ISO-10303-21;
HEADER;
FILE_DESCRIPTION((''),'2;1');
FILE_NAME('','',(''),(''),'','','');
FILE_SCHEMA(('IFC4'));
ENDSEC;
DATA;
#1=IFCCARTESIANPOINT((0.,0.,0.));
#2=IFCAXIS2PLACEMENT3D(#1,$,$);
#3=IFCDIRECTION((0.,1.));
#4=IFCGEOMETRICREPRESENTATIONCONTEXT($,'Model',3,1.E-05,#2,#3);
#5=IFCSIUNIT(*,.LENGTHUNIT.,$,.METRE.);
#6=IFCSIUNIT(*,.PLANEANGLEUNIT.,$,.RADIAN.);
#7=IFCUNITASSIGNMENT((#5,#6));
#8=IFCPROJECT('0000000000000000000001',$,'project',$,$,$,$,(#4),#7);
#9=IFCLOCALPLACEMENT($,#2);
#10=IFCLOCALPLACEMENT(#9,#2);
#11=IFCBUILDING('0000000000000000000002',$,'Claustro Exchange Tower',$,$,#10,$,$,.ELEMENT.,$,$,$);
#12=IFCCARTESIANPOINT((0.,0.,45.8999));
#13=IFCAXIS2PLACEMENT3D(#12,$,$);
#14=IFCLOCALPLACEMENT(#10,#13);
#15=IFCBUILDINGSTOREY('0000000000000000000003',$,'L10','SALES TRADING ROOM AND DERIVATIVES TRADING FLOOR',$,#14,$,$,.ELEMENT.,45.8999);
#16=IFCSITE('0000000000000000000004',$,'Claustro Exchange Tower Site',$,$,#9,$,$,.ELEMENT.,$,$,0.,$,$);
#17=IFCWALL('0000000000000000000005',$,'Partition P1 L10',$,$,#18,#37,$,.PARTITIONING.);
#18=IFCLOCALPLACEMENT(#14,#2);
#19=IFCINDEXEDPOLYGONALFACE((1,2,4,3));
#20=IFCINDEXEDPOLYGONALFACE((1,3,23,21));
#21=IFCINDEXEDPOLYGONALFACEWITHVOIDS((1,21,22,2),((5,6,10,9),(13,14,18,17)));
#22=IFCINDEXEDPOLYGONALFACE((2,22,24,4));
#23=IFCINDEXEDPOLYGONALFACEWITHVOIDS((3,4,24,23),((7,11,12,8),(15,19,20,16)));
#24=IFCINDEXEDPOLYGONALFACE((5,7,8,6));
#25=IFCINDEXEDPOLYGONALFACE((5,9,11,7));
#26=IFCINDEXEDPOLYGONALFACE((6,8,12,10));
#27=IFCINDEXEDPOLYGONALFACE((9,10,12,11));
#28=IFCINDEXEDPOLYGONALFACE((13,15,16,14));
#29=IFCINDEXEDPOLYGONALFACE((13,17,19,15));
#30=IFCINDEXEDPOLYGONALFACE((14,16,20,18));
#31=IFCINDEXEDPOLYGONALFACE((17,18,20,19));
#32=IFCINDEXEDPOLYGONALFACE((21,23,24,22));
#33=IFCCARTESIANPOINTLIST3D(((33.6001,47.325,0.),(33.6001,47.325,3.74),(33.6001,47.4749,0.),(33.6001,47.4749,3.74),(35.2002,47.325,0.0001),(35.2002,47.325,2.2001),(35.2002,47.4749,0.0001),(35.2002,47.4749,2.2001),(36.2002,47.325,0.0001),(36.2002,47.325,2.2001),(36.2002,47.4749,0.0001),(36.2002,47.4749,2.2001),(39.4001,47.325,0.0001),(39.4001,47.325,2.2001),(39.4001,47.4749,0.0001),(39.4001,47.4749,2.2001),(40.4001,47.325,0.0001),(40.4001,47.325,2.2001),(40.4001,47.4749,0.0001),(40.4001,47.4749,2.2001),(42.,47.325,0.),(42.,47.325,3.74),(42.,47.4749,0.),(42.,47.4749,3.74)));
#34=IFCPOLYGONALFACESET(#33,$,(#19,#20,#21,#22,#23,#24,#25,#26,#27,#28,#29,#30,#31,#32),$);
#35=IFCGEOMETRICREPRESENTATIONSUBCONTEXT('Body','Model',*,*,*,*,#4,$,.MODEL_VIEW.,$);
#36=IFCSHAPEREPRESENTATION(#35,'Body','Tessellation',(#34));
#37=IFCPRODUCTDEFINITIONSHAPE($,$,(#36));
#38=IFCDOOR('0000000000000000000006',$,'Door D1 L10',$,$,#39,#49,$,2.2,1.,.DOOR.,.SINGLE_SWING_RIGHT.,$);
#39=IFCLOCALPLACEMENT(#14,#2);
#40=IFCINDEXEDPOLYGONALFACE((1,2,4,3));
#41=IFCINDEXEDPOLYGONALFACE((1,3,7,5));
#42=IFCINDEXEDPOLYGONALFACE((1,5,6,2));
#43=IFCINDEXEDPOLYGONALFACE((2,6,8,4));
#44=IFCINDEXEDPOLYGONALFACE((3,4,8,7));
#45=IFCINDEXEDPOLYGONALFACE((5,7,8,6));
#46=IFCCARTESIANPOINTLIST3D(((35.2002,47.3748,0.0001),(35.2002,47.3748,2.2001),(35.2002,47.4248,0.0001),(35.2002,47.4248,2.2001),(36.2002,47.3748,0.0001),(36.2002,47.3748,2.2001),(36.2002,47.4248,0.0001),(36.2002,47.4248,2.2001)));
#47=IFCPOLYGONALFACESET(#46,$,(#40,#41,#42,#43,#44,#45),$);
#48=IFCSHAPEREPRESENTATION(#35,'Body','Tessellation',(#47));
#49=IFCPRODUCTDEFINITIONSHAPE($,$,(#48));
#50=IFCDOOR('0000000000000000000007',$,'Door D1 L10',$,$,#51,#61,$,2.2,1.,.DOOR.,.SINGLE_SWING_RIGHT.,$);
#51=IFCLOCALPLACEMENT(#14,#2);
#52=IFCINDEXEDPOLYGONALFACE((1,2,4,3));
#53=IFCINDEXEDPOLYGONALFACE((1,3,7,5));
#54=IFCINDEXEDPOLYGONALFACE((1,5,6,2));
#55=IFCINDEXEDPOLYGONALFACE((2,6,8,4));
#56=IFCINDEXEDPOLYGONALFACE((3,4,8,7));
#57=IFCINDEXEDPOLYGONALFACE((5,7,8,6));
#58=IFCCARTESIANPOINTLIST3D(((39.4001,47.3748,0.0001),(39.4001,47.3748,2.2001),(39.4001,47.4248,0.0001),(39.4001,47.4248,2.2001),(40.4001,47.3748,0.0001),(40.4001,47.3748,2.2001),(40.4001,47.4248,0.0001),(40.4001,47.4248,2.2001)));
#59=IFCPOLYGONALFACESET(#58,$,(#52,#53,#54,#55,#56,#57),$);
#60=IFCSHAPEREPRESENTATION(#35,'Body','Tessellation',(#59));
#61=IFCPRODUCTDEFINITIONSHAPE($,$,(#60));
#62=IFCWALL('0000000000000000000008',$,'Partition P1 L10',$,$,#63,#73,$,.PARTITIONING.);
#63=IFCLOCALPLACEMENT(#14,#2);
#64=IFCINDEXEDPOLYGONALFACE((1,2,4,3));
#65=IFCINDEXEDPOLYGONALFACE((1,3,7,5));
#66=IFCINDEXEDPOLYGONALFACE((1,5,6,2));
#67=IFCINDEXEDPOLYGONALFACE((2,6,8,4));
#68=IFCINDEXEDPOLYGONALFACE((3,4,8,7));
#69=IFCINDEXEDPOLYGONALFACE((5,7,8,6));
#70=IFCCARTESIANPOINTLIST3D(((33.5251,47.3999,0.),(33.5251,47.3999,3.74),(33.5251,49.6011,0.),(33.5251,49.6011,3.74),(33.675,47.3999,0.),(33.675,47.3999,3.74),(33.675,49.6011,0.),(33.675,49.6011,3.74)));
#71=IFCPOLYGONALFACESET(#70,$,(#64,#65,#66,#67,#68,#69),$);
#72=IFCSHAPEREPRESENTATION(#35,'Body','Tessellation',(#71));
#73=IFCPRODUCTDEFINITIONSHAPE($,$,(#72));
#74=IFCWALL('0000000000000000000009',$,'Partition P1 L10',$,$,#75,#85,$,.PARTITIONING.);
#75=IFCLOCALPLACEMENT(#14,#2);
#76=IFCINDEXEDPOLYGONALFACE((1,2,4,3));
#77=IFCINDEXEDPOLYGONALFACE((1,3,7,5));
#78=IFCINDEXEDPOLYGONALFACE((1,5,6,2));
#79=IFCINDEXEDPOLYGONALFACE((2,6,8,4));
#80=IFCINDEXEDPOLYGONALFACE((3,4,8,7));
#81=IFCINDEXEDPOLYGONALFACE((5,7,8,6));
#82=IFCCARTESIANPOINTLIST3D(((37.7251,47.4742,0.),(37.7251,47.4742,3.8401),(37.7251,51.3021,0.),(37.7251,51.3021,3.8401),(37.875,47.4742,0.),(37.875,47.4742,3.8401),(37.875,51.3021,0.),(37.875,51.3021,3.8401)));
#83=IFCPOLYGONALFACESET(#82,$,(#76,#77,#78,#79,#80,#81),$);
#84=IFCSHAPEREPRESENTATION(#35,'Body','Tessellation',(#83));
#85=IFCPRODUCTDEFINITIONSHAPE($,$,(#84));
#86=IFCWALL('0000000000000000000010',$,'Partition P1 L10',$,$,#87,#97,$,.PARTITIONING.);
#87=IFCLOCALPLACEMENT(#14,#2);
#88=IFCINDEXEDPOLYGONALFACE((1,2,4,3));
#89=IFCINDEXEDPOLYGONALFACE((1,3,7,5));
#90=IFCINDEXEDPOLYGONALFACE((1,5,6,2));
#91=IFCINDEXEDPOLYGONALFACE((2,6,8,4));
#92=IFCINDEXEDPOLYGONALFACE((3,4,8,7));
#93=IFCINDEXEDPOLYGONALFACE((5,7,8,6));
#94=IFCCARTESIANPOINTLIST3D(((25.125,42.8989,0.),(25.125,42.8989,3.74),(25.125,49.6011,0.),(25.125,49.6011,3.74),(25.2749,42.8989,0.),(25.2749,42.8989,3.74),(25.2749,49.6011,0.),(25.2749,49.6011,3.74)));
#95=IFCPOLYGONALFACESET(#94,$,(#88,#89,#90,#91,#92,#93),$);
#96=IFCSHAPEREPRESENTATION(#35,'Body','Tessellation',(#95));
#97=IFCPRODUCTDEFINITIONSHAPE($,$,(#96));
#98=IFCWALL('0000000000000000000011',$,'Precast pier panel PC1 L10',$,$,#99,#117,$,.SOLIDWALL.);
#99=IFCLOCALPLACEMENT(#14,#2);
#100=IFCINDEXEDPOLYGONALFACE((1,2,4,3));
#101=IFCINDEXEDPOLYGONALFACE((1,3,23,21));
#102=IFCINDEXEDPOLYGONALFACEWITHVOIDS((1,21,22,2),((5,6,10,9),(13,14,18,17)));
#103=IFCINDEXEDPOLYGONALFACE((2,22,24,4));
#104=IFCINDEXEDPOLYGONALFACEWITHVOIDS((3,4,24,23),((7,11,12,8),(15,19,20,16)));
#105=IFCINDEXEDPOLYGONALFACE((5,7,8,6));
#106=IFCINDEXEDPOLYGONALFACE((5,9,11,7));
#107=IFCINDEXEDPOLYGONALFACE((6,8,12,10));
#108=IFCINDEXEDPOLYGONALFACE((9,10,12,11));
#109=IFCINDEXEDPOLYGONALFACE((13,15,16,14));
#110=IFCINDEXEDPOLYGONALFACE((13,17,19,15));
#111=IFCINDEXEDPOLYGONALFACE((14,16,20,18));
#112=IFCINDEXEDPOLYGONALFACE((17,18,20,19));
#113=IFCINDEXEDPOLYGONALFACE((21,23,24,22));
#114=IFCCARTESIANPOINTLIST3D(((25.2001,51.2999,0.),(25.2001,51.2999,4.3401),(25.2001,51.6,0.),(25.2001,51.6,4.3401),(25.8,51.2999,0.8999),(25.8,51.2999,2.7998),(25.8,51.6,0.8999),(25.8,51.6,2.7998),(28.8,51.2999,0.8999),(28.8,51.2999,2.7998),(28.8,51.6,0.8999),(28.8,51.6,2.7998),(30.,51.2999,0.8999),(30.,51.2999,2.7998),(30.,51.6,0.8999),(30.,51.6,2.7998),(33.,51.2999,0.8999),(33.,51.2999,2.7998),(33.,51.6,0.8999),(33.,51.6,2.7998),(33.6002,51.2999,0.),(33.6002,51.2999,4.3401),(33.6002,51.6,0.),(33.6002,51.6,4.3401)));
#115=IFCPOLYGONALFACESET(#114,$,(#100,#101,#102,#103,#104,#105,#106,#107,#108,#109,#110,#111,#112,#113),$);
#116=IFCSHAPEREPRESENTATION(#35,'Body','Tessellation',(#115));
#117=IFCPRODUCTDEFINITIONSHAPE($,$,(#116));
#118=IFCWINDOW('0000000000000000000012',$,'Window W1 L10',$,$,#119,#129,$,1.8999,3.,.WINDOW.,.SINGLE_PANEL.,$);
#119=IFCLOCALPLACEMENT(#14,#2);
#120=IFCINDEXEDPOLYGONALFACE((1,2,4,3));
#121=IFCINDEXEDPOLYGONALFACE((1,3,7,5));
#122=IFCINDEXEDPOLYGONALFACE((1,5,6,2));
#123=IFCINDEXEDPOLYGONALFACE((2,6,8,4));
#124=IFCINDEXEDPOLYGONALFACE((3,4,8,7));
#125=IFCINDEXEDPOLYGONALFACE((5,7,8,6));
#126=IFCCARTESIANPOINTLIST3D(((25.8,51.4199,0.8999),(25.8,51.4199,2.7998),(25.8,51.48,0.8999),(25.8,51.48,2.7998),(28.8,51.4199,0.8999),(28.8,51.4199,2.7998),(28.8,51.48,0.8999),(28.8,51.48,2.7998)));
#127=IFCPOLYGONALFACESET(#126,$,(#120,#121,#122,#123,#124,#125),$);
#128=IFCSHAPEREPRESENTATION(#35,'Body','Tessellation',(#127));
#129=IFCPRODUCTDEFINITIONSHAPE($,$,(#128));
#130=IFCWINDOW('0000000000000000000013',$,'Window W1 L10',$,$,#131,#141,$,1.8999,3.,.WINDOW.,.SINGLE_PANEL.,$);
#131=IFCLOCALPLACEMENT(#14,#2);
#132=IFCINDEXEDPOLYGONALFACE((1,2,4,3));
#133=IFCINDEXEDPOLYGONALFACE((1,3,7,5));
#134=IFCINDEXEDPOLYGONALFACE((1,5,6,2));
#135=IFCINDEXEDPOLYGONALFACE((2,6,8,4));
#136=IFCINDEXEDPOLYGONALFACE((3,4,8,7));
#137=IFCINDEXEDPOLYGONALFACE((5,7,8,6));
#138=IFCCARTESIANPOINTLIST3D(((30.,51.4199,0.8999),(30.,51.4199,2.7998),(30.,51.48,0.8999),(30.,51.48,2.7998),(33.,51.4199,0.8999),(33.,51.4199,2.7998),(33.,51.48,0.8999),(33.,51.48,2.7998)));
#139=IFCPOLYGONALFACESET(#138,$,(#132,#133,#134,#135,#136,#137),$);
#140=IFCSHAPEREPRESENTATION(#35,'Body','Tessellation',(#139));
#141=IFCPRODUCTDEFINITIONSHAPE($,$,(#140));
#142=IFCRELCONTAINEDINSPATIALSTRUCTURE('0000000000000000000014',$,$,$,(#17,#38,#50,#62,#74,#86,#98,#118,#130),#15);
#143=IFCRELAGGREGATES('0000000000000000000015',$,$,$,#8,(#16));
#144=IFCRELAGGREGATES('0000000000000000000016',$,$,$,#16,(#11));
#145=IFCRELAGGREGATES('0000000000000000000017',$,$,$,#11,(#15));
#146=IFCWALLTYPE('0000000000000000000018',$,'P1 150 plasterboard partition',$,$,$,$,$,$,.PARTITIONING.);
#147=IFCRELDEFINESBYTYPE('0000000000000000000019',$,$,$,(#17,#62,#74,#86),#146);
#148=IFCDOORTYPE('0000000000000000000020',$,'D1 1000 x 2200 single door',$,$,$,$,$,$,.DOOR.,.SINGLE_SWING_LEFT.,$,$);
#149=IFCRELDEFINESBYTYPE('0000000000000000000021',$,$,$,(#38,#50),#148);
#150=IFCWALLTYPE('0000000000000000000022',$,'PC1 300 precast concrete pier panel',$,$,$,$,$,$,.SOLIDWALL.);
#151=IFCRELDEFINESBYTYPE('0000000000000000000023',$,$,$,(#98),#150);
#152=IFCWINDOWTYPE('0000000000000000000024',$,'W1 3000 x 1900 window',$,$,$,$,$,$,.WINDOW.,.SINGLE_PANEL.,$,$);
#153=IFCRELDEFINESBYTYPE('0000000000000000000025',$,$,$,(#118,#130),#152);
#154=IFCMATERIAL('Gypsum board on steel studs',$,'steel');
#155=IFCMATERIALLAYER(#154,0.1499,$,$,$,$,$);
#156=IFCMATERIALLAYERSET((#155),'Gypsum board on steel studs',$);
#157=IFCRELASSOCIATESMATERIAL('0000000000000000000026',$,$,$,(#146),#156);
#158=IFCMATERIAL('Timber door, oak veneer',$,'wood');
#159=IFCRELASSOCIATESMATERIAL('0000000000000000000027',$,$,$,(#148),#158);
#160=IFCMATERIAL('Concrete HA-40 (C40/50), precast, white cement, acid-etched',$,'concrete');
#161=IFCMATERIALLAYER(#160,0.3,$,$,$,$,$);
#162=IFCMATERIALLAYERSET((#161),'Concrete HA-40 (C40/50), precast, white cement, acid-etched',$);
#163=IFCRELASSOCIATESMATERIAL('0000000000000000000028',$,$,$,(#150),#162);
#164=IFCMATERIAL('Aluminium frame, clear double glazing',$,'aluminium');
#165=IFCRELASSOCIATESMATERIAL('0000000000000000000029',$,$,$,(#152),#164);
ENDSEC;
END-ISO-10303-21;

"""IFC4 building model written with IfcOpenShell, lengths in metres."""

from ifc_helpers import new_model, si_unit, direction, frame, frame_2d, origin, place, context, subcontext, project, spatial, rectangle, extrude, material, layer, layer_set, type_object, element, fill, save


model = new_model("IFC4")

# Units and contexts
model_context = context("Model", 3, precision=1e-05, world=origin(), true_north=direction((0.0, 1.0)))
body_context = subcontext(model_context, "Body", "Model", "MODEL_VIEW")
ifc_project = project(units=[si_unit("LENGTHUNIT", "METRE"), si_unit("PLANEANGLEUNIT", "RADIAN")], contexts=[model_context])

# Site, building, storey
site_placement = place(None, origin())
site = spatial("IfcSite", under=ifc_project, at=site_placement, Name="Claustro Exchange Tower Site", CompositionType="ELEMENT", RefElevation=0.0)
building_placement = place(site_placement, origin())
building = spatial("IfcBuilding", under=site, at=building_placement, Name="Claustro Exchange Tower", CompositionType="ELEMENT")
storey_placement = place(building_placement, frame((0.0, 0.0, 45.8999)))
storey = spatial("IfcBuildingStorey", under=building, at=storey_placement, Name="L10", Description="SALES TRADING ROOM AND DERIVATIVES TRADING FLOOR", CompositionType="ELEMENT", Elevation=45.8999)

# Wall, openings, doors
ifc_material_1 = material(Name="Gypsum board on steel studs", Category="steel")
ifc_layer_1 = layer(ifc_material_1, 0.1499)
ifc_layer_set_1 = layer_set([ifc_layer_1], Name="Gypsum board on steel studs")
wall_type_1 = type_object("IfcWallType", Name="P1 150 plasterboard partition", PredefinedType="PARTITIONING", material=ifc_layer_set_1)
wall_1_placement = place(storey_placement, frame((33.6001, 47.3999, 0.0), z_axis=(0.0, 0.0, 1.0), x_axis=(1.0, 0.0, 0.0)))
wall_1 = element("IfcWall", 1, at=wall_1_placement, inside=storey, type_object=wall_type_1, Name="Partition P1 L10", PredefinedType="PARTITIONING", context=body_context, shape_type="SweptSolid", body=[
    extrude(rectangle(XDim=8.3999, YDim=0.1499, at=frame_2d((4.2, 0.0))), origin(), (0.0, 0.0, 1.0), 3.74),
])
opening_1_placement = place(wall_1_placement, frame((1.6001, 0.0, 0.0)))
opening_1 = element("IfcOpeningElement", 2, at=opening_1_placement, cuts=wall_1, PredefinedType="OPENING", context=body_context, shape_type="SweptSolid", body=[
    extrude(rectangle(XDim=1.0, YDim=2.2, at=frame_2d((0.5, 1.1001))), frame((0.0, 0.085, 0.0), z_axis=(0.0, -1.0, 0.0), x_axis=(1.0, 0.0, 0.0)), (0.0, 0.0, 1.0), 0.1699),
])
opening_2_placement = place(wall_1_placement, frame((5.8, 0.0, 0.0)))
opening_2 = element("IfcOpeningElement", 3, at=opening_2_placement, cuts=wall_1, PredefinedType="OPENING", context=body_context, shape_type="SweptSolid", body=[
    extrude(rectangle(XDim=1.0, YDim=2.2, at=frame_2d((0.5, 1.1001))), frame((0.0, 0.085, 0.0), z_axis=(0.0, -1.0, 0.0), x_axis=(1.0, 0.0, 0.0)), (0.0, 0.0, 1.0), 0.1699),
])
ifc_material_2 = material(Name="Timber door, oak veneer", Category="wood")
door_type = type_object("IfcDoorType", Name="D1 1000 x 2200 single door", OperationType="SINGLE_SWING_LEFT", PredefinedType="DOOR", material=ifc_material_2)
door_1_placement = place(opening_1_placement, origin())
door_1 = element("IfcDoor", 4, at=door_1_placement, inside=storey, type_object=door_type, Name="Door D1 L10", OperationType="SINGLE_SWING_RIGHT", OverallHeight=2.2, OverallWidth=1.0, PredefinedType="DOOR", context=body_context, shape_type="SweptSolid", body=[
    extrude(rectangle(XDim=1.0, YDim=2.2, at=frame_2d((0.5, 1.1001))), frame((0.0, 0.0249, 0.0), z_axis=(0.0, -1.0, 0.0), x_axis=(1.0, 0.0, 0.0)), (0.0, 0.0, 1.0), 0.05),
])
fill(opening_1, door_1)
door_2_placement = place(opening_2_placement, origin())
door_2 = element("IfcDoor", 5, at=door_2_placement, inside=storey, type_object=door_type, Name="Door D1 L10", OperationType="SINGLE_SWING_RIGHT", OverallHeight=2.2, OverallWidth=1.0, PredefinedType="DOOR", context=body_context, shape_type="SweptSolid", body=[
    extrude(rectangle(XDim=1.0, YDim=2.2, at=frame_2d((0.5, 1.1001))), frame((0.0, 0.0249, 0.0), z_axis=(0.0, -1.0, 0.0), x_axis=(1.0, 0.0, 0.0)), (0.0, 0.0, 1.0), 0.05),
])
fill(opening_2, door_2)

# Walls
wall_2_placement = place(storey_placement, frame((33.6001, 47.3999, 0.0), z_axis=(0.0, 0.0, 1.0), x_axis=(0.0, 1.0, 0.0)))
element("IfcWall", 6, at=wall_2_placement, inside=storey, type_object=wall_type_1, Name="Partition P1 L10", PredefinedType="PARTITIONING", context=body_context, shape_type="SweptSolid", body=[
    extrude(rectangle(XDim=2.2012, YDim=0.1499, at=frame_2d((1.1006, 0.0))), origin(), (0.0, 0.0, 1.0), 3.74),
])
wall_3_placement = place(storey_placement, frame((37.8, 47.4741, 0.0), z_axis=(0.0, 0.0, 1.0), x_axis=(0.0, 1.0, 0.0)))
element("IfcWall", 7, at=wall_3_placement, inside=storey, type_object=wall_type_1, Name="Partition P1 L10", PredefinedType="PARTITIONING", context=body_context, shape_type="SweptSolid", body=[
    extrude(rectangle(XDim=3.8279, YDim=0.1499, at=frame_2d((1.9141, 0.0))), origin(), (0.0, 0.0, 1.0), 3.8401),
])
wall_4_placement = place(storey_placement, frame((25.2, 42.8989, 0.0), z_axis=(0.0, 0.0, 1.0), x_axis=(0.0, 1.0, 0.0)))
element("IfcWall", 8, at=wall_4_placement, inside=storey, type_object=wall_type_1, Name="Partition P1 L10", PredefinedType="PARTITIONING", context=body_context, shape_type="SweptSolid", body=[
    extrude(rectangle(XDim=6.7021, YDim=0.1499, at=frame_2d((3.3511, 0.0))), origin(), (0.0, 0.0, 1.0), 3.74),
])

# Wall, openings, windows
ifc_material_3 = material(Name="Concrete HA-40 (C40/50), precast, white cement, acid-etched", Category="concrete")
ifc_layer_2 = layer(ifc_material_3, 0.3)
ifc_layer_set_2 = layer_set([ifc_layer_2], Name="Concrete HA-40 (C40/50), precast, white cement, acid-etched")
wall_type_2 = type_object("IfcWallType", Name="PC1 300 precast concrete pier panel", PredefinedType="SOLIDWALL", material=ifc_layer_set_2)
wall_5_placement = place(storey_placement, frame((25.2, 51.45, 0.0), z_axis=(0.0, 0.0, 1.0), x_axis=(1.0, 0.0, 0.0)))
wall_5 = element("IfcWall", 9, at=wall_5_placement, inside=storey, type_object=wall_type_2, Name="Precast pier panel PC1 L10", PredefinedType="SOLIDWALL", context=body_context, shape_type="SweptSolid", body=[
    extrude(rectangle(XDim=8.4001, YDim=0.3, at=frame_2d((4.2002, 0.0))), origin(), (0.0, 0.0, 1.0), 4.3401),
])
opening_3_placement = place(wall_5_placement, frame((0.6001, 0.0, 0.8999)))
opening_3 = element("IfcOpeningElement", 10, at=opening_3_placement, cuts=wall_5, PredefinedType="OPENING", context=body_context, shape_type="SweptSolid", body=[
    extrude(rectangle(XDim=3.0, YDim=1.8999, at=frame_2d((1.5, 0.95))), frame((0.0, 0.1599, 0.0), z_axis=(0.0, -1.0, 0.0), x_axis=(1.0, 0.0, 0.0)), (0.0, 0.0, 1.0), 0.3201),
])
opening_4_placement = place(wall_5_placement, frame((4.8, 0.0, 0.8999)))
opening_4 = element("IfcOpeningElement", 11, at=opening_4_placement, cuts=wall_5, PredefinedType="OPENING", context=body_context, shape_type="SweptSolid", body=[
    extrude(rectangle(XDim=3.0, YDim=1.8999, at=frame_2d((1.5, 0.95))), frame((0.0, 0.1599, 0.0), z_axis=(0.0, -1.0, 0.0), x_axis=(1.0, 0.0, 0.0)), (0.0, 0.0, 1.0), 0.3201),
])
ifc_material_4 = material(Name="Aluminium frame, clear double glazing", Category="aluminium")
window_type = type_object("IfcWindowType", Name="W1 3000 x 1900 window", PartitioningType="SINGLE_PANEL", PredefinedType="WINDOW", material=ifc_material_4)
window_1_placement = place(opening_3_placement, origin())
window_1 = element("IfcWindow", 12, at=window_1_placement, inside=storey, type_object=window_type, Name="Window W1 L10", OverallHeight=1.8999, OverallWidth=3.0, PartitioningType="SINGLE_PANEL", PredefinedType="WINDOW", context=body_context, shape_type="SweptSolid", body=[
    extrude(rectangle(XDim=3.0, YDim=1.8999, at=frame_2d((1.5, 0.95))), frame((0.0, 0.03, 0.0), z_axis=(0.0, -1.0, 0.0), x_axis=(1.0, 0.0, 0.0)), (0.0, 0.0, 1.0), 0.0601),
])
fill(opening_3, window_1)
window_2_placement = place(opening_4_placement, origin())
window_2 = element("IfcWindow", 13, at=window_2_placement, inside=storey, type_object=window_type, Name="Window W1 L10", OverallHeight=1.8999, OverallWidth=3.0, PartitioningType="SINGLE_PANEL", PredefinedType="WINDOW", context=body_context, shape_type="SweptSolid", body=[
    extrude(rectangle(XDim=3.0, YDim=1.8999, at=frame_2d((1.5, 0.95))), frame((0.0, 0.03, 0.0), z_axis=(0.0, -1.0, 0.0), x_axis=(1.0, 0.0, 0.0)), (0.0, 0.0, 1.0), 0.0601),
])
fill(opening_4, window_2)

save(model, "model.ifc")
